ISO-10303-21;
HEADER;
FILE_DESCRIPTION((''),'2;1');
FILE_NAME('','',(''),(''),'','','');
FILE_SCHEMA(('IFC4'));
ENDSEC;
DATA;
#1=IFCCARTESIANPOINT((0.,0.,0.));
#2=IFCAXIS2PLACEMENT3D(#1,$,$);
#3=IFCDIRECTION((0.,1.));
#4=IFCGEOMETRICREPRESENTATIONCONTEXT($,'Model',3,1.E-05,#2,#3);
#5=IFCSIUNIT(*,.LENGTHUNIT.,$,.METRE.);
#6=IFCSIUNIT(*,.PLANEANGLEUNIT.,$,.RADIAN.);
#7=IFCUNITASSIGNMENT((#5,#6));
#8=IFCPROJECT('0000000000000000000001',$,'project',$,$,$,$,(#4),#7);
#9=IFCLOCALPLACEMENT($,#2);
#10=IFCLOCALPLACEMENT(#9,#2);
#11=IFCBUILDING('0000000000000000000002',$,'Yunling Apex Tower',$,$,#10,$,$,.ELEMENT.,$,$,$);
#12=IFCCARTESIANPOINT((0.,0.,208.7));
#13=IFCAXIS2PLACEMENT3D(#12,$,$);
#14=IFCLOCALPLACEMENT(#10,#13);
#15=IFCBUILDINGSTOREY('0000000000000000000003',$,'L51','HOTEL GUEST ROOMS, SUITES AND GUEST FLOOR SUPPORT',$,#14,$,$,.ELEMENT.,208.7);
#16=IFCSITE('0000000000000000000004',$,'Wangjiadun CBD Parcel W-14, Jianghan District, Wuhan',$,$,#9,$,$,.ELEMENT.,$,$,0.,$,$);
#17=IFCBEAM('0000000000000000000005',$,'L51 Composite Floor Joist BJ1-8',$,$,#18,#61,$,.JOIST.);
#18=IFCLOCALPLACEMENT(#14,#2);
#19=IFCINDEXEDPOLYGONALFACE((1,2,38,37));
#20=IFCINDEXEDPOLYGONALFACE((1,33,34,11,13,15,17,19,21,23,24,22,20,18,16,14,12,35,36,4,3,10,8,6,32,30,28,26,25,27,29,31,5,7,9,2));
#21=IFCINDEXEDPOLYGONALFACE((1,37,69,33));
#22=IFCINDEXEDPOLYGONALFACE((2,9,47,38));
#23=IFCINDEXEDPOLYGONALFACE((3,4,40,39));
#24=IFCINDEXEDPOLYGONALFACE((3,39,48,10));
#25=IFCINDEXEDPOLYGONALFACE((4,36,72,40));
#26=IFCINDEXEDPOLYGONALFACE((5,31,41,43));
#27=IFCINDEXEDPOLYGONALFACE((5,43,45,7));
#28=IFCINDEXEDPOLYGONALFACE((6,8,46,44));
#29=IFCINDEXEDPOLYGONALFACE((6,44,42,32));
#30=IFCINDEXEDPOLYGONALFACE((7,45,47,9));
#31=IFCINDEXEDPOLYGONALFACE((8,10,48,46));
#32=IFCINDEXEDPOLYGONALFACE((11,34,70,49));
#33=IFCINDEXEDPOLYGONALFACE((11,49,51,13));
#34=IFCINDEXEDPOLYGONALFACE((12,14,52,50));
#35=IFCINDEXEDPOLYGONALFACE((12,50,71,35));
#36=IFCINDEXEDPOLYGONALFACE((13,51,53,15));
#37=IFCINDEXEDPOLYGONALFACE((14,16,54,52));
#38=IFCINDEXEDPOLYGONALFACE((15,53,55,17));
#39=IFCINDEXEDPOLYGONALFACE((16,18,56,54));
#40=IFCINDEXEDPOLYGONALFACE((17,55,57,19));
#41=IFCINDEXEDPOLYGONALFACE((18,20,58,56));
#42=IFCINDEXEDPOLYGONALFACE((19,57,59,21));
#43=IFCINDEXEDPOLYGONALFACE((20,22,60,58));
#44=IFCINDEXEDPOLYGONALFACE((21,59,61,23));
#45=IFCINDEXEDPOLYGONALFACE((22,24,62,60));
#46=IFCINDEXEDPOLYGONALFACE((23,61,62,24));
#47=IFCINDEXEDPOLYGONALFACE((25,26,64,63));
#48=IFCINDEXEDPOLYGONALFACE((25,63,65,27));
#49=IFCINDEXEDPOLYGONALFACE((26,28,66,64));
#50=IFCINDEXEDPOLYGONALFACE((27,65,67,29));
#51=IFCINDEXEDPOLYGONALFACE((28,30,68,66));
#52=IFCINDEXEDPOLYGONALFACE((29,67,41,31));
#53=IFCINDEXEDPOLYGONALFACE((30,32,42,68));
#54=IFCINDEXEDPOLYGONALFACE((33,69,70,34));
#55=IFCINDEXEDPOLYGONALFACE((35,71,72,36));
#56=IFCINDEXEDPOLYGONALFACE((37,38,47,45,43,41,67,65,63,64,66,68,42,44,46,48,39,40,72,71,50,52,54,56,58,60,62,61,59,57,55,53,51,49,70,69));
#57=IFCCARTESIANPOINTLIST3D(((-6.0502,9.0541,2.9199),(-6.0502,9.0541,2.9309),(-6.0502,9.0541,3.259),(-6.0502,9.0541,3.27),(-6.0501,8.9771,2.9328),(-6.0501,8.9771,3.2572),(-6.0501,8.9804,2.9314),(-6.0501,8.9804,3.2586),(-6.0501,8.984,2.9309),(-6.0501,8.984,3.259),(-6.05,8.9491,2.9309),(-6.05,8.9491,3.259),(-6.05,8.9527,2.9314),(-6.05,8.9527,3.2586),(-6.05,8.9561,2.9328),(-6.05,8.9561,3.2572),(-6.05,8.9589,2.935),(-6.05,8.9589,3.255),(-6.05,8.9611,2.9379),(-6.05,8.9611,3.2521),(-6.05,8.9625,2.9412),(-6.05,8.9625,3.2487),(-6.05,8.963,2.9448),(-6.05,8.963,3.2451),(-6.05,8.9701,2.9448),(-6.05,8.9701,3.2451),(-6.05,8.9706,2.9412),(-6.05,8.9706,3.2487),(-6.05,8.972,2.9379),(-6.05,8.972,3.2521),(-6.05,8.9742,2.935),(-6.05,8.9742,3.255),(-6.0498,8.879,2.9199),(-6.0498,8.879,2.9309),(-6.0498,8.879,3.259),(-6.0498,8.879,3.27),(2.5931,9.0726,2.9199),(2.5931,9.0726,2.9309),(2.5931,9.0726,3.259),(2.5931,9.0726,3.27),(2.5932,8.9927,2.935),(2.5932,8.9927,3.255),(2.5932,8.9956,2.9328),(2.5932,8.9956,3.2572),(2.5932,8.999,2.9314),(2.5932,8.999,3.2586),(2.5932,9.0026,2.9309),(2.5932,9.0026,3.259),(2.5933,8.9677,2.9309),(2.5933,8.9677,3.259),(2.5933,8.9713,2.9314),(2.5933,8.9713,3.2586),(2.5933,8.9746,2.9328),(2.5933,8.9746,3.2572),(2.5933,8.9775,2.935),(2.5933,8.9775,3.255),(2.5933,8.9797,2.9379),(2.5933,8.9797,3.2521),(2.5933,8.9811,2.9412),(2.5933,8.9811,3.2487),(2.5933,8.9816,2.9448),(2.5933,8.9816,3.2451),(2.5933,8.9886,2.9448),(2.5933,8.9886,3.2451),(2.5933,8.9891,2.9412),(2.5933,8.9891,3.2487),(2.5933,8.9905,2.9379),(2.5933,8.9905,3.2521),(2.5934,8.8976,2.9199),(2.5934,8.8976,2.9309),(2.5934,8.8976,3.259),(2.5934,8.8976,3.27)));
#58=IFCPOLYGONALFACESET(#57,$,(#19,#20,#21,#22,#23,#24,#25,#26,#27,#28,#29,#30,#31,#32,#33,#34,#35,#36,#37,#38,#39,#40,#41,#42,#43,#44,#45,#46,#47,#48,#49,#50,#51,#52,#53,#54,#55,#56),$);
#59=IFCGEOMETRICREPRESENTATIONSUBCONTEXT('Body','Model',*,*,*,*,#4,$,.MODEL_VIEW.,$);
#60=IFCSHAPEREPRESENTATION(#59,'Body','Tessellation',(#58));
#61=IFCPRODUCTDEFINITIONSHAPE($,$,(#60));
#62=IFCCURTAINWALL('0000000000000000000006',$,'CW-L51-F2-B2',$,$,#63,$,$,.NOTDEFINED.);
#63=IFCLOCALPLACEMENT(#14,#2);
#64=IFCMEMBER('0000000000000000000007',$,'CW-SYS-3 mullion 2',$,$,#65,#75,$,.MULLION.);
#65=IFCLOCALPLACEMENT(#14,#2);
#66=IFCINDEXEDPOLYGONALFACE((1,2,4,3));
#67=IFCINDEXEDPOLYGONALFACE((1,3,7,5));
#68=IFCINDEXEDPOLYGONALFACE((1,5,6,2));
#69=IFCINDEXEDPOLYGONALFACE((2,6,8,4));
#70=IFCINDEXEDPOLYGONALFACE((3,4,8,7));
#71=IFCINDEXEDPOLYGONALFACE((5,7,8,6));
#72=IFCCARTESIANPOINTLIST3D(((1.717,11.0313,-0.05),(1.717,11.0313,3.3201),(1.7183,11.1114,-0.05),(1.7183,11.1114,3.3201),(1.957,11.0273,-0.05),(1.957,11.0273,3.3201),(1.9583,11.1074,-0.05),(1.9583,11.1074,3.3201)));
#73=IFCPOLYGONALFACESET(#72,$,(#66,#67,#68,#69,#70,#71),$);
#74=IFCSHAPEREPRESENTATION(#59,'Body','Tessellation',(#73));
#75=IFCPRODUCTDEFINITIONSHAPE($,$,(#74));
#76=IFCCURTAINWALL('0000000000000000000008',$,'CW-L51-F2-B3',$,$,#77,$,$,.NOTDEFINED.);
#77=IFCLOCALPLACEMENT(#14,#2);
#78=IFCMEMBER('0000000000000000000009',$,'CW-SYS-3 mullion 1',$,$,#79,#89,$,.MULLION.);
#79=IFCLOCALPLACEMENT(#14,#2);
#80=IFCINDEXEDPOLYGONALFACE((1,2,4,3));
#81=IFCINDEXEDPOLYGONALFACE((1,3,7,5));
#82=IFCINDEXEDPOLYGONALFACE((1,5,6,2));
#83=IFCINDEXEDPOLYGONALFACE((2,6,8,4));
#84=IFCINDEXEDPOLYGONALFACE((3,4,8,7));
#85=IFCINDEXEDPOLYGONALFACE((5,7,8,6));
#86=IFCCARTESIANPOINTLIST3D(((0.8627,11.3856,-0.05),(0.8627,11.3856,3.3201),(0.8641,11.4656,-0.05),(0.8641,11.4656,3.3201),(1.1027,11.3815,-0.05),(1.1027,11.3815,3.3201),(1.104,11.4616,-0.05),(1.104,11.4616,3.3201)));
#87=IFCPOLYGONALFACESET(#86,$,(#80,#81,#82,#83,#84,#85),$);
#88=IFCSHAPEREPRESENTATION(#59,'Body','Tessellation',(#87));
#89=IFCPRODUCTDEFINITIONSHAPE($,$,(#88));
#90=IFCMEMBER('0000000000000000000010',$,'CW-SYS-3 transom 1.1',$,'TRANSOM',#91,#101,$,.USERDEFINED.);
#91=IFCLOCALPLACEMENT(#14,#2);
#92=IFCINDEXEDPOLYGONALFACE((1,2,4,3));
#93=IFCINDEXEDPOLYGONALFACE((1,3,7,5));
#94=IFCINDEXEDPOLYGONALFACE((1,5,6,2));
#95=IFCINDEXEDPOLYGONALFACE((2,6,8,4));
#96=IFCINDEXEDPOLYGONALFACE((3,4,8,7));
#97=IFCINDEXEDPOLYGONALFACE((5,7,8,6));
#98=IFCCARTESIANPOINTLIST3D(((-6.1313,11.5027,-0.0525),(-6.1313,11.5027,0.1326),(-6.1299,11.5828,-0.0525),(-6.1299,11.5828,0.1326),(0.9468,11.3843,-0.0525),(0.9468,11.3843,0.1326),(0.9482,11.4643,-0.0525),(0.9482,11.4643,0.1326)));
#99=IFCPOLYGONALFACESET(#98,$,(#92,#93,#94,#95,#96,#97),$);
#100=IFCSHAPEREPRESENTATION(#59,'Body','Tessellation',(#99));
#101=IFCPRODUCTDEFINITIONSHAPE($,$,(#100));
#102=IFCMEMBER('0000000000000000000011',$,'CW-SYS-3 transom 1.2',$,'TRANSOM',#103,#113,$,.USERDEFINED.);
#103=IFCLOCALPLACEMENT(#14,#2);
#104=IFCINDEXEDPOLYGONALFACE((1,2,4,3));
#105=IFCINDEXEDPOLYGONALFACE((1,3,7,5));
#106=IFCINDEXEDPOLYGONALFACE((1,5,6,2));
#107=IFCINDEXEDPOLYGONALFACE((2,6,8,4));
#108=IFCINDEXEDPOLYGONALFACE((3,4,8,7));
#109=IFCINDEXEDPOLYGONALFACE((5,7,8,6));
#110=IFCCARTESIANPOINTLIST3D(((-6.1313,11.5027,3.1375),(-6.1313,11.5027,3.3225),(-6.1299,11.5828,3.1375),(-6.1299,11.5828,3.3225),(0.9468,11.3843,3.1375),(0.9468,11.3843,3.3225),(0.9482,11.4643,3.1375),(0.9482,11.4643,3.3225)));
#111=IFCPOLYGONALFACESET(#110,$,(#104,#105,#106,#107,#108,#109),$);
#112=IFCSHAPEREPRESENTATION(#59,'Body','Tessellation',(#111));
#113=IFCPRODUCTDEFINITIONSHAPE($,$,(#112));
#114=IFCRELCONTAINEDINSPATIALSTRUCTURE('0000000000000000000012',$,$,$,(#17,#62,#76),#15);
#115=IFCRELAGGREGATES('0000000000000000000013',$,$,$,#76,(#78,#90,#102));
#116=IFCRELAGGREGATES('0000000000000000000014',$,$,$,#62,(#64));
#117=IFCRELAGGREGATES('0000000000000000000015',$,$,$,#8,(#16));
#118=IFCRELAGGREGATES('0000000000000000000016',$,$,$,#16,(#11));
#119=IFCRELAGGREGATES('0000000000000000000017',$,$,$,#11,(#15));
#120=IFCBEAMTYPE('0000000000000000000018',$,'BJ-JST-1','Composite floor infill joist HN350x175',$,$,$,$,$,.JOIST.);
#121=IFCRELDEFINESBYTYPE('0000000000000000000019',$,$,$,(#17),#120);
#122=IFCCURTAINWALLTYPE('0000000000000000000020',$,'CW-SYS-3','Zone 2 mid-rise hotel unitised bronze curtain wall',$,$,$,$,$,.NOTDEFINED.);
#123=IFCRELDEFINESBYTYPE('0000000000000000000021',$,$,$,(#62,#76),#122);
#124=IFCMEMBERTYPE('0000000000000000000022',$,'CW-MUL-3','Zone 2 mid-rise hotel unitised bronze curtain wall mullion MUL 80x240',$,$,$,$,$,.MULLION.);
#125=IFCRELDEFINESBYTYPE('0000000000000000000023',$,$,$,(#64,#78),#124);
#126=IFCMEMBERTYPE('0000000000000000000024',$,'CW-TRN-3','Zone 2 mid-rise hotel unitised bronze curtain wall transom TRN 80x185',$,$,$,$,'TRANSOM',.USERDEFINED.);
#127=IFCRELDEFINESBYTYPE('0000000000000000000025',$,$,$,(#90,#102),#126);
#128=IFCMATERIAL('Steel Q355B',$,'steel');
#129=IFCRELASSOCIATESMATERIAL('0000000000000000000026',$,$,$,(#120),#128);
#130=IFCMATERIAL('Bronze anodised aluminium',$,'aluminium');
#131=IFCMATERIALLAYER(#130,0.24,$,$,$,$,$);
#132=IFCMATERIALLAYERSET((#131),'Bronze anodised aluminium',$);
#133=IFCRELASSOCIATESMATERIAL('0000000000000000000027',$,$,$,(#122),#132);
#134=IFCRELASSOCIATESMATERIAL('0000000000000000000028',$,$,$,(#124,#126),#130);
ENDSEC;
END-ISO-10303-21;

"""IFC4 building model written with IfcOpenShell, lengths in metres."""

from ifc_helpers import new_model, si_unit, direction, frame, origin, origin_2d, place, context, subcontext, project, spatial, rectangle, i_section, extrude, source, transform, mapped, material, layer, layer_set, material_profile, profile_set, type_object, element, aggregate, save


model = new_model("IFC4")

# Units and contexts
model_context = context("Model", 3, precision=1e-05, world=origin(), true_north=direction((0.0, 1.0)))
body_context = subcontext(model_context, "Body", "Model", "MODEL_VIEW")
ifc_project = project(units=[si_unit("LENGTHUNIT", "METRE"), si_unit("PLANEANGLEUNIT", "RADIAN")], contexts=[model_context])

# Site, building, storey
site_placement = place(None, origin())
site = spatial("IfcSite", under=ifc_project, at=site_placement, Name="Wangjiadun CBD Parcel W-14, Jianghan District, Wuhan", CompositionType="ELEMENT", RefElevation=0.0)
building_placement = place(site_placement, origin())
building = spatial("IfcBuilding", under=site, at=building_placement, Name="Yunling Apex Tower", CompositionType="ELEMENT")
storey_placement = place(building_placement, frame((0.0, 0.0, 208.7)))
storey = spatial("IfcBuildingStorey", under=building, at=storey_placement, Name="L51", Description="HOTEL GUEST ROOMS, SUITES AND GUEST FLOOR SUPPORT", CompositionType="ELEMENT", Elevation=208.7)

# Beam
ifc_material_1 = material(Name="Steel Q355B", Category="steel")
ifc_material_profile_1 = material_profile(ifc_material_1, i_section(OverallWidth=0.175, OverallDepth=0.3501, WebThickness=0.0071, FlangeThickness=0.011, FilletRadius=0.0139, at=origin_2d()))
ifc_profile_set_1 = profile_set([ifc_material_profile_1], Name="Steel Q355B")
beam_type_1 = type_object("IfcBeamType", Name="BJ-JST-1", Description="Composite floor infill joist HN350x175", PredefinedType="JOIST", material=ifc_profile_set_1)
shared_shape_1 = source(origin(), body_context, "Body", "SweptSolid", [
    extrude(i_section(OverallWidth=0.175, OverallDepth=0.3501, WebThickness=0.0071, FlangeThickness=0.011, FilletRadius=0.0139, at=origin_2d()), origin(), (0.0, 0.0, 1.0), 8.6433),
])
beam_1_placement = place(storey_placement, frame((2.5933, 8.9851, 3.095), z_axis=(-0.999998, -0.002147, 0.0), x_axis=(0.002147, -0.999998, 0.0)))
element("IfcBeam", 1, at=beam_1_placement, inside=storey, type_object=beam_type_1, Name="L51 Composite Floor Joist BJ1-8", PredefinedType="JOIST", context=body_context, shape_type="MappedRepresentation", body=[
    mapped(shared_shape_1, transform((0.0, 0.0, 0.0), scale=1.0)),
])

# Curtain wall, member
ifc_material_2 = material(Name="Bronze anodised aluminium", Category="aluminium")
ifc_layer_1 = layer(ifc_material_2, 0.24)
ifc_layer_set_1 = layer_set([ifc_layer_1], Name="Bronze anodised aluminium")
curtain_wall_type = type_object("IfcCurtainWallType", Name="CW-SYS-3", Description="Zone 2 mid-rise hotel unitised bronze curtain wall", PredefinedType="NOTDEFINED", material=ifc_layer_set_1)
curtain_wall_1_placement = place(storey_placement, origin())
curtain_wall_1 = element("IfcCurtainWall", 2, at=curtain_wall_1_placement, inside=storey, type_object=curtain_wall_type, Name="CW-L51-F2-B2", PredefinedType="NOTDEFINED")
ifc_material_profile_2 = material_profile(ifc_material_2, rectangle(XDim=0.0801, YDim=0.24, at=origin_2d()))
ifc_profile_set_2 = profile_set([ifc_material_profile_2], Name="Bronze anodised aluminium")
member_type_1 = type_object("IfcMemberType", Name="CW-MUL-3", Description="Zone 2 mid-rise hotel unitised bronze curtain wall mullion MUL 80x240", PredefinedType="MULLION", material=ifc_profile_set_2)
shared_shape_2 = source(origin(), body_context, "Body", "SweptSolid", [
    extrude(rectangle(XDim=0.0801, YDim=0.24, at=origin_2d()), origin(), (0.0, 0.0, 1.0), 3.3701),
])
member_1_placement = place(storey_placement, frame((1.8376, 11.0693, -0.05), z_axis=(0.0, 0.0, 1.0), x_axis=(-0.016759, -0.99986, 0.0)))
member_1 = element("IfcMember", 3, at=member_1_placement, type_object=member_type_1, Name="CW-SYS-3 mullion 2", PredefinedType="MULLION", context=body_context, shape_type="MappedRepresentation", body=[
    mapped(shared_shape_2, transform((0.0, 0.0, 0.0), scale=1.0)),
])

# Curtain wall, members
curtain_wall_2_placement = place(storey_placement, origin())
curtain_wall_2 = element("IfcCurtainWall", 4, at=curtain_wall_2_placement, inside=storey, type_object=curtain_wall_type, Name="CW-L51-F2-B3", PredefinedType="NOTDEFINED")
member_2_placement = place(storey_placement, frame((0.9834, 11.4236, -0.05), z_axis=(0.0, 0.0, 1.0), x_axis=(-0.016747, -0.99986, 0.0)))
member_2 = element("IfcMember", 5, at=member_2_placement, type_object=member_type_1, Name="CW-SYS-3 mullion 1", PredefinedType="MULLION", context=body_context, shape_type="MappedRepresentation", body=[
    mapped(shared_shape_2, transform((0.0, 0.0, 0.0), scale=1.0)),
])
ifc_material_profile_3 = material_profile(ifc_material_2, rectangle(XDim=0.0801, YDim=0.1851, at=origin_2d()))
ifc_profile_set_3 = profile_set([ifc_material_profile_3], Name="Bronze anodised aluminium")
member_type_2 = type_object("IfcMemberType", Name="CW-TRN-3", Description="Zone 2 mid-rise hotel unitised bronze curtain wall transom TRN 80x185", ElementType="TRANSOM", PredefinedType="USERDEFINED", material=ifc_profile_set_3)
shared_shape_3 = source(origin(), body_context, "Body", "SweptSolid", [
    extrude(rectangle(XDim=0.0801, YDim=0.1851, at=origin_2d()), origin(), (0.0, 0.0, 1.0), 7.0791),
])
member_3_placement = place(storey_placement, frame((0.9475, 11.4243, 0.04), z_axis=(-0.99986, 0.016726, 0.0), x_axis=(-0.016726, -0.99986, 0.0)))
member_3 = element("IfcMember", 6, at=member_3_placement, type_object=member_type_2, Name="CW-SYS-3 transom 1.1", ObjectType="TRANSOM", PredefinedType="USERDEFINED", context=body_context, shape_type="MappedRepresentation", body=[
    mapped(shared_shape_3, transform((0.0, 0.0, 0.0), scale=1.0)),
])
member_4_placement = place(storey_placement, frame((0.9475, 11.4243, 3.23), z_axis=(-0.99986, 0.016726, 0.0), x_axis=(-0.016726, -0.99986, 0.0)))
member_4 = element("IfcMember", 7, at=member_4_placement, type_object=member_type_2, Name="CW-SYS-3 transom 1.2", ObjectType="TRANSOM", PredefinedType="USERDEFINED", context=body_context, shape_type="MappedRepresentation", body=[
    mapped(shared_shape_3, transform((0.0, 0.0, 0.0), scale=1.0)),
])
aggregate(curtain_wall_2, [member_2, member_3, member_4])

aggregate(curtain_wall_1, [member_1])

save(model, "model.ifc")
